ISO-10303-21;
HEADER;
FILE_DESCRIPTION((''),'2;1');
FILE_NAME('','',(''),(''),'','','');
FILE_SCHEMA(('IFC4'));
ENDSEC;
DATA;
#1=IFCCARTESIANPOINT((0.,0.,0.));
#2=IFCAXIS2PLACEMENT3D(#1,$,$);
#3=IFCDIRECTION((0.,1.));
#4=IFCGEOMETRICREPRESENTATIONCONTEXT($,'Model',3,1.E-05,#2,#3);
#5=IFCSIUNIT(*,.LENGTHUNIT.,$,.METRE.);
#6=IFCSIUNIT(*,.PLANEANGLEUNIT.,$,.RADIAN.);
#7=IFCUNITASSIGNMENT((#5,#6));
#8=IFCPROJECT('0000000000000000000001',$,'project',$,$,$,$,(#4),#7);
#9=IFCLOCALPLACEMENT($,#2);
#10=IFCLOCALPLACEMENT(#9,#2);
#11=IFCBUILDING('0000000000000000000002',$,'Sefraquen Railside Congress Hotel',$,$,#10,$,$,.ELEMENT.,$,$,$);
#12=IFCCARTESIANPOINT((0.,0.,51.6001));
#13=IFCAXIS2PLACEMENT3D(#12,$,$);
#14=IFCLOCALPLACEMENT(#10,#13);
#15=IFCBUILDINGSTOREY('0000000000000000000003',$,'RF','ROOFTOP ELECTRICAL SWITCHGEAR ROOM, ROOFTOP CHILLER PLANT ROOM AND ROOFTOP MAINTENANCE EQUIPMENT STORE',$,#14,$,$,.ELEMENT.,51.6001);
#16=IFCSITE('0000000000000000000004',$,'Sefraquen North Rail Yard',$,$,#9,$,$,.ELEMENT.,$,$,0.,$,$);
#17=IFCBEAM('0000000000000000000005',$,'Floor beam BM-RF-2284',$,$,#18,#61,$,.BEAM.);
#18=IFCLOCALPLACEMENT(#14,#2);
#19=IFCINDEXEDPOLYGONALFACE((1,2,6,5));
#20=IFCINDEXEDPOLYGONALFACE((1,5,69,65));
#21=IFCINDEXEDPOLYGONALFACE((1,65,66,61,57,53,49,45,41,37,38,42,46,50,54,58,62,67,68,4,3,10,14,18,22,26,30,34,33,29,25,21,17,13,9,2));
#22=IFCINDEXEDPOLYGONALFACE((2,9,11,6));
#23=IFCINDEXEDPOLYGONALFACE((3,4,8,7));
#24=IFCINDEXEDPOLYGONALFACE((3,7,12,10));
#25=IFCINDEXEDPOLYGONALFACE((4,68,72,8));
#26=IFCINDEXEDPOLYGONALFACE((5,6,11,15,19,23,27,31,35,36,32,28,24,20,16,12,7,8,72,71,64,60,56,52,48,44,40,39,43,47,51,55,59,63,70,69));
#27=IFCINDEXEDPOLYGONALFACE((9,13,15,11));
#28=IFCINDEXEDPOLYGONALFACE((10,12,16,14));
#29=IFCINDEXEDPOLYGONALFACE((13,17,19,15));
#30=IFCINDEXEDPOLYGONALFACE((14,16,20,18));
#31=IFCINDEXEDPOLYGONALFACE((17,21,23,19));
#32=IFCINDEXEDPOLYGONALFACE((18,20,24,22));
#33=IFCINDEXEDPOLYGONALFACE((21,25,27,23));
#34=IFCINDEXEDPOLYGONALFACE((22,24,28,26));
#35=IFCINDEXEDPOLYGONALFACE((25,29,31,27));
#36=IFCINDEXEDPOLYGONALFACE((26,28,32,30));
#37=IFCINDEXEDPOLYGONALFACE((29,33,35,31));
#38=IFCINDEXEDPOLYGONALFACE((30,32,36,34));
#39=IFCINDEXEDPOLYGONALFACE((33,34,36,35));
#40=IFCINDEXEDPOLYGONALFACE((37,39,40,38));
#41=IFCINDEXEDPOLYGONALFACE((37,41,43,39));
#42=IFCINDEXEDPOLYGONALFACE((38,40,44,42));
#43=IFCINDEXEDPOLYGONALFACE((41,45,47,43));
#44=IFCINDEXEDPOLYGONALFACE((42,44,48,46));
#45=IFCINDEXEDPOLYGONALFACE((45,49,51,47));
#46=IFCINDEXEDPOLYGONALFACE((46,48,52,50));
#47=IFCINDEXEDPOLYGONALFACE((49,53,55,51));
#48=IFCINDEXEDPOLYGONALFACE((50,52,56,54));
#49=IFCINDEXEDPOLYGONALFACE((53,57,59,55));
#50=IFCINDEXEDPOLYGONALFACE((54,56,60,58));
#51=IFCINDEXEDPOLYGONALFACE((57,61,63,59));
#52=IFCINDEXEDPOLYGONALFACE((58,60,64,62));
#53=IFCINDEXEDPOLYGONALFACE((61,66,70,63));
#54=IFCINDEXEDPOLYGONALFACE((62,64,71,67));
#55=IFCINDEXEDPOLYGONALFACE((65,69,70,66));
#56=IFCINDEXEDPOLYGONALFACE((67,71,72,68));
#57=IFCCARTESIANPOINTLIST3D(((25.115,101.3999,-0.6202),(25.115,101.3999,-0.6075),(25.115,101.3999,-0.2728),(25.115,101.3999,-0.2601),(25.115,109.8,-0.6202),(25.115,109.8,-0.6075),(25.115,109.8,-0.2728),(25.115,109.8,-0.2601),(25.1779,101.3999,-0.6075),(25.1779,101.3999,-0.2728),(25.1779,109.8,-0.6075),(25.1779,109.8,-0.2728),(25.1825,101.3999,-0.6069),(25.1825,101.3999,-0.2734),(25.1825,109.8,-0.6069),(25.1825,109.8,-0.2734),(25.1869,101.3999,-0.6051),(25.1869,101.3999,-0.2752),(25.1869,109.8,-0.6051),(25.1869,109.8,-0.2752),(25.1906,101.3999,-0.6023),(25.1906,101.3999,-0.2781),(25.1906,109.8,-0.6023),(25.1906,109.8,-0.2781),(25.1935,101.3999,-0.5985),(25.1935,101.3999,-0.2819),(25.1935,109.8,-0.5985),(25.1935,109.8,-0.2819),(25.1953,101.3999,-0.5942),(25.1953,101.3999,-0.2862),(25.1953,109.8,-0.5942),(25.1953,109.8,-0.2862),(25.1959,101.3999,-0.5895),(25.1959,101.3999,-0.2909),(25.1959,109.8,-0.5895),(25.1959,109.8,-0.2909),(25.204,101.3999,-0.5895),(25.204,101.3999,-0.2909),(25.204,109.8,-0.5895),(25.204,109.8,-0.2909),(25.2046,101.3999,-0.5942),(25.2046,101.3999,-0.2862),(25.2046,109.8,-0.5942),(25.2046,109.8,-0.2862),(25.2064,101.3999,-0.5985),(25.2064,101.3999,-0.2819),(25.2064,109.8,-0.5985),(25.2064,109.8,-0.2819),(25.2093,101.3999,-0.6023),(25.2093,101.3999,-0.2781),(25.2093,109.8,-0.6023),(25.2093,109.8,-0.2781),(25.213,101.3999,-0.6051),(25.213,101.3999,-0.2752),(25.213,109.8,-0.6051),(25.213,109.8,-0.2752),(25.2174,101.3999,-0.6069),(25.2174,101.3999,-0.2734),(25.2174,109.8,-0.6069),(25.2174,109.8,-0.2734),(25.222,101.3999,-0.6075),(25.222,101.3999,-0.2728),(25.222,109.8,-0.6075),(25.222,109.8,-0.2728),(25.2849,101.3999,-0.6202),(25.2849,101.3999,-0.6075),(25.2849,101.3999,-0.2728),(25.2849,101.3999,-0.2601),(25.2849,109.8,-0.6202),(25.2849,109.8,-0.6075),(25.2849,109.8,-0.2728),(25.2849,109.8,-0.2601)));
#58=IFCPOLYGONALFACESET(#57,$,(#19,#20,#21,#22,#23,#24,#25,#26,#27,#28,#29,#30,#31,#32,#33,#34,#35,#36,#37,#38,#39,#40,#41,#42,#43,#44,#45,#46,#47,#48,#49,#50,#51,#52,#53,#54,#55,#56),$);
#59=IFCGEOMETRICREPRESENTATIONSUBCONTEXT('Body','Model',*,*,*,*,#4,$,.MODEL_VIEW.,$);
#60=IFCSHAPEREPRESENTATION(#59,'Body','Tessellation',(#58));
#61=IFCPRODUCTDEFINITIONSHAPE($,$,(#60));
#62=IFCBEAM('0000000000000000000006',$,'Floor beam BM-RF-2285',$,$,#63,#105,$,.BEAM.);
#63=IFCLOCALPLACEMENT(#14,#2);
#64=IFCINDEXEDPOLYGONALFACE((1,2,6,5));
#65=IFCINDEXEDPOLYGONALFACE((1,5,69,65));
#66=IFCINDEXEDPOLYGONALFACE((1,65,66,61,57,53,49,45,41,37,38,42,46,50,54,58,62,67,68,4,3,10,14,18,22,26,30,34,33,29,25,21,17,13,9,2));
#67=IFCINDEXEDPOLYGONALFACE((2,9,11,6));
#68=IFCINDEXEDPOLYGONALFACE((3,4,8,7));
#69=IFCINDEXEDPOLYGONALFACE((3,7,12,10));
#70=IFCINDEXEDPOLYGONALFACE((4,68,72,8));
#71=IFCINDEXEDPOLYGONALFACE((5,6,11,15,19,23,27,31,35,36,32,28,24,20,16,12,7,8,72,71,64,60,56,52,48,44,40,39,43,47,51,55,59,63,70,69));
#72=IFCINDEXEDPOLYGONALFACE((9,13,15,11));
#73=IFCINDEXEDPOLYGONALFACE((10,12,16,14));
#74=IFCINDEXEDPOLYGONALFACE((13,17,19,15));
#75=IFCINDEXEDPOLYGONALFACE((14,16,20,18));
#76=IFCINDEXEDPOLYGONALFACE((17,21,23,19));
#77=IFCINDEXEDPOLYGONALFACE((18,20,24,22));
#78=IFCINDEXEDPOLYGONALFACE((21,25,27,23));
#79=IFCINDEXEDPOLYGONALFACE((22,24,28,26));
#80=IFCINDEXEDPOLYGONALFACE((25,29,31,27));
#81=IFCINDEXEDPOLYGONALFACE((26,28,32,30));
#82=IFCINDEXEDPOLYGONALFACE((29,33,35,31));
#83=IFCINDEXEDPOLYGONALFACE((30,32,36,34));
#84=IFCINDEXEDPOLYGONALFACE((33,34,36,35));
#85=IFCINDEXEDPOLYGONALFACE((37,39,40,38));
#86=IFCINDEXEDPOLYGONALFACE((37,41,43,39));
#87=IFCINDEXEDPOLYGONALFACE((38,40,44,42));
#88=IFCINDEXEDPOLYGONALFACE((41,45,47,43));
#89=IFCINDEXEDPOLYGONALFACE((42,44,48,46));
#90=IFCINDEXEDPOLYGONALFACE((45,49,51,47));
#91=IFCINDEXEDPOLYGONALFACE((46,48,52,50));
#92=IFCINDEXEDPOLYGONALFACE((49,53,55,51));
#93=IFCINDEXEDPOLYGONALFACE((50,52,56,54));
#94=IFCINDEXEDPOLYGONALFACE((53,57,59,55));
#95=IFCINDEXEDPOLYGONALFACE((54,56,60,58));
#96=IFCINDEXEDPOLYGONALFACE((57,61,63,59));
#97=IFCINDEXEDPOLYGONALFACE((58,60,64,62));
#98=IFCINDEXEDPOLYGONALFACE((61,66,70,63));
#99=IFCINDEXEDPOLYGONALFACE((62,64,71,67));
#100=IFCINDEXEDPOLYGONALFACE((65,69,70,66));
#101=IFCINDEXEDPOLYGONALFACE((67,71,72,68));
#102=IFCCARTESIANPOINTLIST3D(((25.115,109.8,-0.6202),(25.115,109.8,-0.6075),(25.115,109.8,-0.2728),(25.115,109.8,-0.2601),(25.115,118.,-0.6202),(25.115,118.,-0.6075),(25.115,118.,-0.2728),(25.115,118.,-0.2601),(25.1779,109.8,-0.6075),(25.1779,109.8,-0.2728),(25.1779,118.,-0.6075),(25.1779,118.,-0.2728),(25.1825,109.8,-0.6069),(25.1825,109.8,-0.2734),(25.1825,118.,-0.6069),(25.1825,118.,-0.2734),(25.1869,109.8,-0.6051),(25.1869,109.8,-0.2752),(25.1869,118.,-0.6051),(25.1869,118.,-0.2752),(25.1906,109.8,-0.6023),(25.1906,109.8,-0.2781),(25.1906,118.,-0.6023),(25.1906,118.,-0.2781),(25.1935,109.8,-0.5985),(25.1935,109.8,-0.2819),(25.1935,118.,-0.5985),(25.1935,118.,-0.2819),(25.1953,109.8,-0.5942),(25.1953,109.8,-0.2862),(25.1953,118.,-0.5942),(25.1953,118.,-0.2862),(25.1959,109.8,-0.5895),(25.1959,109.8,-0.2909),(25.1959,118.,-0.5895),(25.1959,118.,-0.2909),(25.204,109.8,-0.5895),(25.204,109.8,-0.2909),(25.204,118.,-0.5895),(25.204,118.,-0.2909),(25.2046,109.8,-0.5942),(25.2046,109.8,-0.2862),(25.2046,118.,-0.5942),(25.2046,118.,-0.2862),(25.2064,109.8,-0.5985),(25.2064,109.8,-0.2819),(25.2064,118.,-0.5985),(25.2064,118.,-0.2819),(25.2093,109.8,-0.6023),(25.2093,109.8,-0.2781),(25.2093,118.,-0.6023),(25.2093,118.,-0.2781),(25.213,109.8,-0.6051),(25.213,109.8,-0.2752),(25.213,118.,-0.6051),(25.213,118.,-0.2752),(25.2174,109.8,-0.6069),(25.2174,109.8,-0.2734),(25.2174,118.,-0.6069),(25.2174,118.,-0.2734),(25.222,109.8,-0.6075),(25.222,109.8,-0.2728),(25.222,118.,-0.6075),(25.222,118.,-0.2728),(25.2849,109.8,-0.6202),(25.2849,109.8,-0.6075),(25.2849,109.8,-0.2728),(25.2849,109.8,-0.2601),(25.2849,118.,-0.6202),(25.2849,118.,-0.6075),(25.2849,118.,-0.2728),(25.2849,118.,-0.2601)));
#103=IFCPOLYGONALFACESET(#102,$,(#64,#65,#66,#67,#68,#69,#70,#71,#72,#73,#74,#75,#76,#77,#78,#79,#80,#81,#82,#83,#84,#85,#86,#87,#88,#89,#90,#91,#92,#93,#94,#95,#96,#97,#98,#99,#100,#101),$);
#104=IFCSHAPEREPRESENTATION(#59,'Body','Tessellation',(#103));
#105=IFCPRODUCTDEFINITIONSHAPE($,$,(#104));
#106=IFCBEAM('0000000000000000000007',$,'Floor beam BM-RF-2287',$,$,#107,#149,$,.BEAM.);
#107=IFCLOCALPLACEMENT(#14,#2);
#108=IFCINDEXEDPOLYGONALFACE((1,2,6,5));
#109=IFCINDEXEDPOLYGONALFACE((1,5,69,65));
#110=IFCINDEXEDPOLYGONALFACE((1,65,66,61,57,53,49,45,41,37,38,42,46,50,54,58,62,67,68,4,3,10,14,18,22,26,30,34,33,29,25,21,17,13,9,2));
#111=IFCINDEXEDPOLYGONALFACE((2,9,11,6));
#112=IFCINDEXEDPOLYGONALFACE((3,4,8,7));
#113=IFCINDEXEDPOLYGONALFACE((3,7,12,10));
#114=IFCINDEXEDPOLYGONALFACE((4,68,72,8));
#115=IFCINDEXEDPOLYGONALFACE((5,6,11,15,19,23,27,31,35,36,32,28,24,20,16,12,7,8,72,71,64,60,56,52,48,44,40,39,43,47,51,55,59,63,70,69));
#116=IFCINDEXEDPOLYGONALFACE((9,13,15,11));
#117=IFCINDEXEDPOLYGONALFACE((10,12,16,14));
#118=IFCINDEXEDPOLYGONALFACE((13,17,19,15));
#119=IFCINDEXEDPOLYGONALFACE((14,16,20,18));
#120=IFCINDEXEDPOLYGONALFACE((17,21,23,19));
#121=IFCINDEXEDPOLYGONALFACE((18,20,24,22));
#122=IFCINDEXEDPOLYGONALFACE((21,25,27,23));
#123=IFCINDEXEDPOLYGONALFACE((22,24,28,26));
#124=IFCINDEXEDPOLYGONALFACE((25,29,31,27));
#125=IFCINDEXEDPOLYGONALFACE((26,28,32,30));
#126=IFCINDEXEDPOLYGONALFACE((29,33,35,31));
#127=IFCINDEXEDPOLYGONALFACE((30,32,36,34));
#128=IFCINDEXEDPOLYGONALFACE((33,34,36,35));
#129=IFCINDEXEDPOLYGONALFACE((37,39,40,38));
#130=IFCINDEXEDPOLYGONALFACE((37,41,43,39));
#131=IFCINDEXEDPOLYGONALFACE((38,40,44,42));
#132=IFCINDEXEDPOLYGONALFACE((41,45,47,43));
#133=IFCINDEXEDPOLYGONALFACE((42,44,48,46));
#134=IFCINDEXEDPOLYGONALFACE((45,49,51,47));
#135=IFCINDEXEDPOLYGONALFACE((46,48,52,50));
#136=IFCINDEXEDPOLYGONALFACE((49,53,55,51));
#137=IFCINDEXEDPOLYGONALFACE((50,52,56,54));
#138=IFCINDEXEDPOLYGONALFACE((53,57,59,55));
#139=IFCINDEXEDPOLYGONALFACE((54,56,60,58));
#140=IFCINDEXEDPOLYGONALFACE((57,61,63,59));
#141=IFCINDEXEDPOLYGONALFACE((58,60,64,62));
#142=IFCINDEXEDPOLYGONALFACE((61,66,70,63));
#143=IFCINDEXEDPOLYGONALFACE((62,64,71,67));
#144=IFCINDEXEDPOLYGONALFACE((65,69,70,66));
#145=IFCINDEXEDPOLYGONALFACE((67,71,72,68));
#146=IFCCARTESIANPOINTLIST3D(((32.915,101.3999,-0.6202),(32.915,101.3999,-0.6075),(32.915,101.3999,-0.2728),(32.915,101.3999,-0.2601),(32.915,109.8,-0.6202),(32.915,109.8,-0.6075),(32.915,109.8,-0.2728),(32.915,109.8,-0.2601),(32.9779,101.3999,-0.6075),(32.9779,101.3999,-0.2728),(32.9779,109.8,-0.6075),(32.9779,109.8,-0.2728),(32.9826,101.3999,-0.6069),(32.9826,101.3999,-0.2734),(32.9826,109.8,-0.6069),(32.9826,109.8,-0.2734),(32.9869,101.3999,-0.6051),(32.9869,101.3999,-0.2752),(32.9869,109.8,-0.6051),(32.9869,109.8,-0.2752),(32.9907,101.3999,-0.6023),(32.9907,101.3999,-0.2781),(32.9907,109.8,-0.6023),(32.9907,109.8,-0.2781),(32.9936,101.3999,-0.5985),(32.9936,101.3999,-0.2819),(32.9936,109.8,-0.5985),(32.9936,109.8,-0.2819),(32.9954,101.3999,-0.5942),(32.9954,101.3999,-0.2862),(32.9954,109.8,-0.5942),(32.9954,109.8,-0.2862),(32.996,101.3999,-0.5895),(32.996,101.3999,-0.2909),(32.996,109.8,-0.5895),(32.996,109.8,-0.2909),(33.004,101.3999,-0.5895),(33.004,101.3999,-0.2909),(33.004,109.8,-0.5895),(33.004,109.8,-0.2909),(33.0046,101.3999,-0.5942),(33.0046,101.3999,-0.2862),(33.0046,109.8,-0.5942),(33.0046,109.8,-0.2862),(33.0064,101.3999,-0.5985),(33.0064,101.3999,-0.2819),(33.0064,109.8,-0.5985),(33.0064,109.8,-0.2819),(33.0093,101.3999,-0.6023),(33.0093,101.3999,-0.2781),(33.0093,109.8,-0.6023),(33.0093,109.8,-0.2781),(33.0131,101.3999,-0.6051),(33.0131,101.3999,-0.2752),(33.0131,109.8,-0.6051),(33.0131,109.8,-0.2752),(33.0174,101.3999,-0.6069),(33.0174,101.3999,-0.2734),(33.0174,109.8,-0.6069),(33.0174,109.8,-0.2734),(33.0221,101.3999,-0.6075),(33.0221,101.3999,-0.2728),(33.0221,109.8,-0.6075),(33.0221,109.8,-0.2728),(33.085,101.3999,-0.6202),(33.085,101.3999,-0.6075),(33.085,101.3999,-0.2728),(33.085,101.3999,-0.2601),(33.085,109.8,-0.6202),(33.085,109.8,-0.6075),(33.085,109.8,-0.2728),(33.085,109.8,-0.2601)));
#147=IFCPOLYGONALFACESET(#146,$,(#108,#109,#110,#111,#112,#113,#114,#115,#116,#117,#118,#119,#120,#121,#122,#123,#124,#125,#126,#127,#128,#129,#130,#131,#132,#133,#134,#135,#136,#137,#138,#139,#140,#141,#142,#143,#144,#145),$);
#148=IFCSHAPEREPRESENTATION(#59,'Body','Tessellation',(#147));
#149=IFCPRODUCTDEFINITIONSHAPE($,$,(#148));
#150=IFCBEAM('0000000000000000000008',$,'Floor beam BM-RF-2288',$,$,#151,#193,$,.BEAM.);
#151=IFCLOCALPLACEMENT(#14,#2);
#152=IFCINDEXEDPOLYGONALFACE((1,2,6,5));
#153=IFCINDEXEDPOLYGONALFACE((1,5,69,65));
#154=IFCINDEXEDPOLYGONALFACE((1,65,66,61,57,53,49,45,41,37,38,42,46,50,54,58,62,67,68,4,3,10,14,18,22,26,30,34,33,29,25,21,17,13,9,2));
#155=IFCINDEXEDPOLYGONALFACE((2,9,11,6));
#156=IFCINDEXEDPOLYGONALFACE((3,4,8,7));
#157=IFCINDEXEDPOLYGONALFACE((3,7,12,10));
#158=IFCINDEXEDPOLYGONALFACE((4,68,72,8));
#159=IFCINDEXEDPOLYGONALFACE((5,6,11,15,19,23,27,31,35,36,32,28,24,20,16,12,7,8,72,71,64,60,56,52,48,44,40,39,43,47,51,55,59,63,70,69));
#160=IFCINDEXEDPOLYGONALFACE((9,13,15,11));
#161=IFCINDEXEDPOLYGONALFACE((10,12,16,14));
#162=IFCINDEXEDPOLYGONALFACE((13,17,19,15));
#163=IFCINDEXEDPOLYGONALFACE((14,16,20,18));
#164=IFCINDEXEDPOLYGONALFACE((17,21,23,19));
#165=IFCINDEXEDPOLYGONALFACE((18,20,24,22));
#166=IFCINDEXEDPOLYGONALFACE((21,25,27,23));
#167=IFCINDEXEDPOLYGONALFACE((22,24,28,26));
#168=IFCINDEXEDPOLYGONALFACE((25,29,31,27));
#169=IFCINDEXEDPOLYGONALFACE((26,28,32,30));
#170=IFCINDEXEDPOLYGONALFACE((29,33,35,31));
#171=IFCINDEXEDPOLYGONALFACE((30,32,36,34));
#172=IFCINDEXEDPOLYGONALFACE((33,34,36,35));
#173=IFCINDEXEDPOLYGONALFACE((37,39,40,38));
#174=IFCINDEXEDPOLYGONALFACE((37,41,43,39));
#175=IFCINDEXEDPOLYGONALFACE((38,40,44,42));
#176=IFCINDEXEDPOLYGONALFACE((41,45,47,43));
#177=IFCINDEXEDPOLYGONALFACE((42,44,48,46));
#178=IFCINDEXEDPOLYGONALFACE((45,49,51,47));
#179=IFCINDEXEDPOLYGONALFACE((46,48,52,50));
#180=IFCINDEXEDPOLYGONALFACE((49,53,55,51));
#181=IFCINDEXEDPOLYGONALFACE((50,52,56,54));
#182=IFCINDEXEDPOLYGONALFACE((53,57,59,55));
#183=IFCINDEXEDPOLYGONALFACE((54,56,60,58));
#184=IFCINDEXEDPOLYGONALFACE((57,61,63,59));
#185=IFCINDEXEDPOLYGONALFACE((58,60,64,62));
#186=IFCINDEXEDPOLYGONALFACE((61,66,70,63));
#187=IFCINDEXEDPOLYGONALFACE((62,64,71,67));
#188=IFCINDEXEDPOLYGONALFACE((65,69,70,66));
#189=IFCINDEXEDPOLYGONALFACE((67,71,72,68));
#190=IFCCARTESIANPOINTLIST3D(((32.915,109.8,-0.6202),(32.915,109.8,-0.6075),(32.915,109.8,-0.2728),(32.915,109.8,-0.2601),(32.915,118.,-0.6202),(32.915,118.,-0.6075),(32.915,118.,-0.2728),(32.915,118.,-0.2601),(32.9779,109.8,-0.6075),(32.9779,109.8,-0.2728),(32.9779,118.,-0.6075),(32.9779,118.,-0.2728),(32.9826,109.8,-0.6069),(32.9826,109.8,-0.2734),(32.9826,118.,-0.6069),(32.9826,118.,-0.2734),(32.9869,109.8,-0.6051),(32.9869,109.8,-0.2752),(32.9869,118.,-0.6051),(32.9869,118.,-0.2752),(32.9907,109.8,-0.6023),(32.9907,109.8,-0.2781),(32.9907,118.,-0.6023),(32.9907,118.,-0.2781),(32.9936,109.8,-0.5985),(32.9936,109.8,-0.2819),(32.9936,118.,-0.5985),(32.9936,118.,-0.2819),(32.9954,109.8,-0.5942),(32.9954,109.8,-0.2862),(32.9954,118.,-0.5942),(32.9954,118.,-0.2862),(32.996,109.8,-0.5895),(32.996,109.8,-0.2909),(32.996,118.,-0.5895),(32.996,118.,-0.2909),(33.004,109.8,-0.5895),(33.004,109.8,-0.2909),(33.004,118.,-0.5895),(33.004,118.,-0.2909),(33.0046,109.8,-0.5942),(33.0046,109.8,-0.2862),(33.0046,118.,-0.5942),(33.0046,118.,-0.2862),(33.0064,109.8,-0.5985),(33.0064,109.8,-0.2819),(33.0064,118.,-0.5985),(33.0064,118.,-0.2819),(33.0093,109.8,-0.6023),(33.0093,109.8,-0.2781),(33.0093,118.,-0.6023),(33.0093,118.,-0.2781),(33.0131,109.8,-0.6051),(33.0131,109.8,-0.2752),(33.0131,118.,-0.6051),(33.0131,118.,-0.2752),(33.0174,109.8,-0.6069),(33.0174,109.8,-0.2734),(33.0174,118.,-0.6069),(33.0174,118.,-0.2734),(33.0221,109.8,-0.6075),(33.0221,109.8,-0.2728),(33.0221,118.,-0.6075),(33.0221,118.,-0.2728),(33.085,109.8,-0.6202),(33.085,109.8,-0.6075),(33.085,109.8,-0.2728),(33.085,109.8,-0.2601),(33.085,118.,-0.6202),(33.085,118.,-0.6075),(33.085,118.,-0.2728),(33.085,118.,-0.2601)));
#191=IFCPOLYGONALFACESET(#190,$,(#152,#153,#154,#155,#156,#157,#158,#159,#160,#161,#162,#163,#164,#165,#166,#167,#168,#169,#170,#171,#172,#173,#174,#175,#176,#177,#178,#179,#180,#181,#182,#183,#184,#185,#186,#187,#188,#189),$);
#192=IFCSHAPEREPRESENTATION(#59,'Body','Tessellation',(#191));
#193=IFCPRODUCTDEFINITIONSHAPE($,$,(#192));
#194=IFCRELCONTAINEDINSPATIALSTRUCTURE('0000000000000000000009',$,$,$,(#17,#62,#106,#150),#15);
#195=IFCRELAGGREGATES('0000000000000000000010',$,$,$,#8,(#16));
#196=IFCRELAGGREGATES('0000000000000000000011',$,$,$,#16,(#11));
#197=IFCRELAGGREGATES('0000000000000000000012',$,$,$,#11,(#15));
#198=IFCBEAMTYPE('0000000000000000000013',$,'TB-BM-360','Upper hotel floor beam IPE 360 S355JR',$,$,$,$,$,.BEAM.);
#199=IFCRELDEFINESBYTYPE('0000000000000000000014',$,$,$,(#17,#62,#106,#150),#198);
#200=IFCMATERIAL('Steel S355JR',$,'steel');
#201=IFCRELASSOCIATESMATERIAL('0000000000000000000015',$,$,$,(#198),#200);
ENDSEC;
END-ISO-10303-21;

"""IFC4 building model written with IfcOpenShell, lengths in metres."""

from ifc_helpers import new_model, si_unit, direction, frame, origin, origin_2d, place, context, subcontext, project, spatial, i_section, extrude, material, material_profile, profile_set, type_object, element, save


model = new_model("IFC4")

# Units and contexts
model_context = context("Model", 3, precision=1e-05, world=origin(), true_north=direction((0.0, 1.0)))
body_context = subcontext(model_context, "Body", "Model", "MODEL_VIEW")
ifc_project = project(units=[si_unit("LENGTHUNIT", "METRE"), si_unit("PLANEANGLEUNIT", "RADIAN")], contexts=[model_context])

# Site, building, storey
site_placement = place(None, origin())
site = spatial("IfcSite", under=ifc_project, at=site_placement, Name="Sefraquen North Rail Yard", CompositionType="ELEMENT", RefElevation=0.0)
building_placement = place(site_placement, origin())
building = spatial("IfcBuilding", under=site, at=building_placement, Name="Sefraquen Railside Congress Hotel", CompositionType="ELEMENT")
storey_placement = place(building_placement, frame((0.0, 0.0, 51.6001)))
storey = spatial("IfcBuildingStorey", under=building, at=storey_placement, Name="RF", Description="ROOFTOP ELECTRICAL SWITCHGEAR ROOM, ROOFTOP CHILLER PLANT ROOM AND ROOFTOP MAINTENANCE EQUIPMENT STORE", CompositionType="ELEMENT", Elevation=51.6001)

# Beams
ifc_material_1 = material(Name="Steel S355JR", Category="steel")
ifc_material_profile_1 = material_profile(ifc_material_1, i_section(OverallWidth=0.1699, OverallDepth=0.3601, WebThickness=0.0081, FlangeThickness=0.0127, FilletRadius=0.0181, at=origin_2d()), Name="IPE 360")
ifc_profile_set_1 = profile_set([ifc_material_profile_1], Name="Steel S355JR")
beam_type_1 = type_object("IfcBeamType", Name="TB-BM-360", Description="Upper hotel floor beam IPE 360 S355JR", PredefinedType="BEAM", material=ifc_profile_set_1)
beam_1_placement = place(storey_placement, frame((25.2, 101.3999, -0.4402), z_axis=(0.0, 1.0, 0.0), x_axis=(-1.0, 0.0, 0.0)))
element("IfcBeam", 1, at=beam_1_placement, inside=storey, type_object=beam_type_1, Name="Floor beam BM-RF-2284", PredefinedType="BEAM", context=body_context, shape_type="SweptSolid", body=[
    extrude(i_section(OverallWidth=0.1699, OverallDepth=0.3601, WebThickness=0.0081, FlangeThickness=0.0127, FilletRadius=0.0181, at=origin_2d()), origin(), (0.0, 0.0, 1.0), 8.4001),
])
beam_2_placement = place(storey_placement, frame((25.2, 109.8, -0.4402), z_axis=(0.0, 1.0, 0.0), x_axis=(-1.0, 0.0, 0.0)))
element("IfcBeam", 2, at=beam_2_placement, inside=storey, type_object=beam_type_1, Name="Floor beam BM-RF-2285", PredefinedType="BEAM", context=body_context, shape_type="SweptSolid", body=[
    extrude(i_section(OverallWidth=0.1699, OverallDepth=0.3601, WebThickness=0.0081, FlangeThickness=0.0127, FilletRadius=0.0181, at=origin_2d()), origin(), (0.0, 0.0, 1.0), 8.2),
])
beam_3_placement = place(storey_placement, frame((33.0, 101.3999, -0.4402), z_axis=(0.0, 1.0, 0.0), x_axis=(-1.0, 0.0, 0.0)))
element("IfcBeam", 3, at=beam_3_placement, inside=storey, type_object=beam_type_1, Name="Floor beam BM-RF-2287", PredefinedType="BEAM", context=body_context, shape_type="SweptSolid", body=[
    extrude(i_section(OverallWidth=0.1699, OverallDepth=0.3601, WebThickness=0.0081, FlangeThickness=0.0127, FilletRadius=0.0181, at=origin_2d()), origin(), (0.0, 0.0, 1.0), 8.4001),
])
beam_4_placement = place(storey_placement, frame((33.0, 109.8, -0.4402), z_axis=(0.0, 1.0, 0.0), x_axis=(-1.0, 0.0, 0.0)))
element("IfcBeam", 4, at=beam_4_placement, inside=storey, type_object=beam_type_1, Name="Floor beam BM-RF-2288", PredefinedType="BEAM", context=body_context, shape_type="SweptSolid", body=[
    extrude(i_section(OverallWidth=0.1699, OverallDepth=0.3601, WebThickness=0.0081, FlangeThickness=0.0127, FilletRadius=0.0181, at=origin_2d()), origin(), (0.0, 0.0, 1.0), 8.2),
])

save(model, "model.ifc")
